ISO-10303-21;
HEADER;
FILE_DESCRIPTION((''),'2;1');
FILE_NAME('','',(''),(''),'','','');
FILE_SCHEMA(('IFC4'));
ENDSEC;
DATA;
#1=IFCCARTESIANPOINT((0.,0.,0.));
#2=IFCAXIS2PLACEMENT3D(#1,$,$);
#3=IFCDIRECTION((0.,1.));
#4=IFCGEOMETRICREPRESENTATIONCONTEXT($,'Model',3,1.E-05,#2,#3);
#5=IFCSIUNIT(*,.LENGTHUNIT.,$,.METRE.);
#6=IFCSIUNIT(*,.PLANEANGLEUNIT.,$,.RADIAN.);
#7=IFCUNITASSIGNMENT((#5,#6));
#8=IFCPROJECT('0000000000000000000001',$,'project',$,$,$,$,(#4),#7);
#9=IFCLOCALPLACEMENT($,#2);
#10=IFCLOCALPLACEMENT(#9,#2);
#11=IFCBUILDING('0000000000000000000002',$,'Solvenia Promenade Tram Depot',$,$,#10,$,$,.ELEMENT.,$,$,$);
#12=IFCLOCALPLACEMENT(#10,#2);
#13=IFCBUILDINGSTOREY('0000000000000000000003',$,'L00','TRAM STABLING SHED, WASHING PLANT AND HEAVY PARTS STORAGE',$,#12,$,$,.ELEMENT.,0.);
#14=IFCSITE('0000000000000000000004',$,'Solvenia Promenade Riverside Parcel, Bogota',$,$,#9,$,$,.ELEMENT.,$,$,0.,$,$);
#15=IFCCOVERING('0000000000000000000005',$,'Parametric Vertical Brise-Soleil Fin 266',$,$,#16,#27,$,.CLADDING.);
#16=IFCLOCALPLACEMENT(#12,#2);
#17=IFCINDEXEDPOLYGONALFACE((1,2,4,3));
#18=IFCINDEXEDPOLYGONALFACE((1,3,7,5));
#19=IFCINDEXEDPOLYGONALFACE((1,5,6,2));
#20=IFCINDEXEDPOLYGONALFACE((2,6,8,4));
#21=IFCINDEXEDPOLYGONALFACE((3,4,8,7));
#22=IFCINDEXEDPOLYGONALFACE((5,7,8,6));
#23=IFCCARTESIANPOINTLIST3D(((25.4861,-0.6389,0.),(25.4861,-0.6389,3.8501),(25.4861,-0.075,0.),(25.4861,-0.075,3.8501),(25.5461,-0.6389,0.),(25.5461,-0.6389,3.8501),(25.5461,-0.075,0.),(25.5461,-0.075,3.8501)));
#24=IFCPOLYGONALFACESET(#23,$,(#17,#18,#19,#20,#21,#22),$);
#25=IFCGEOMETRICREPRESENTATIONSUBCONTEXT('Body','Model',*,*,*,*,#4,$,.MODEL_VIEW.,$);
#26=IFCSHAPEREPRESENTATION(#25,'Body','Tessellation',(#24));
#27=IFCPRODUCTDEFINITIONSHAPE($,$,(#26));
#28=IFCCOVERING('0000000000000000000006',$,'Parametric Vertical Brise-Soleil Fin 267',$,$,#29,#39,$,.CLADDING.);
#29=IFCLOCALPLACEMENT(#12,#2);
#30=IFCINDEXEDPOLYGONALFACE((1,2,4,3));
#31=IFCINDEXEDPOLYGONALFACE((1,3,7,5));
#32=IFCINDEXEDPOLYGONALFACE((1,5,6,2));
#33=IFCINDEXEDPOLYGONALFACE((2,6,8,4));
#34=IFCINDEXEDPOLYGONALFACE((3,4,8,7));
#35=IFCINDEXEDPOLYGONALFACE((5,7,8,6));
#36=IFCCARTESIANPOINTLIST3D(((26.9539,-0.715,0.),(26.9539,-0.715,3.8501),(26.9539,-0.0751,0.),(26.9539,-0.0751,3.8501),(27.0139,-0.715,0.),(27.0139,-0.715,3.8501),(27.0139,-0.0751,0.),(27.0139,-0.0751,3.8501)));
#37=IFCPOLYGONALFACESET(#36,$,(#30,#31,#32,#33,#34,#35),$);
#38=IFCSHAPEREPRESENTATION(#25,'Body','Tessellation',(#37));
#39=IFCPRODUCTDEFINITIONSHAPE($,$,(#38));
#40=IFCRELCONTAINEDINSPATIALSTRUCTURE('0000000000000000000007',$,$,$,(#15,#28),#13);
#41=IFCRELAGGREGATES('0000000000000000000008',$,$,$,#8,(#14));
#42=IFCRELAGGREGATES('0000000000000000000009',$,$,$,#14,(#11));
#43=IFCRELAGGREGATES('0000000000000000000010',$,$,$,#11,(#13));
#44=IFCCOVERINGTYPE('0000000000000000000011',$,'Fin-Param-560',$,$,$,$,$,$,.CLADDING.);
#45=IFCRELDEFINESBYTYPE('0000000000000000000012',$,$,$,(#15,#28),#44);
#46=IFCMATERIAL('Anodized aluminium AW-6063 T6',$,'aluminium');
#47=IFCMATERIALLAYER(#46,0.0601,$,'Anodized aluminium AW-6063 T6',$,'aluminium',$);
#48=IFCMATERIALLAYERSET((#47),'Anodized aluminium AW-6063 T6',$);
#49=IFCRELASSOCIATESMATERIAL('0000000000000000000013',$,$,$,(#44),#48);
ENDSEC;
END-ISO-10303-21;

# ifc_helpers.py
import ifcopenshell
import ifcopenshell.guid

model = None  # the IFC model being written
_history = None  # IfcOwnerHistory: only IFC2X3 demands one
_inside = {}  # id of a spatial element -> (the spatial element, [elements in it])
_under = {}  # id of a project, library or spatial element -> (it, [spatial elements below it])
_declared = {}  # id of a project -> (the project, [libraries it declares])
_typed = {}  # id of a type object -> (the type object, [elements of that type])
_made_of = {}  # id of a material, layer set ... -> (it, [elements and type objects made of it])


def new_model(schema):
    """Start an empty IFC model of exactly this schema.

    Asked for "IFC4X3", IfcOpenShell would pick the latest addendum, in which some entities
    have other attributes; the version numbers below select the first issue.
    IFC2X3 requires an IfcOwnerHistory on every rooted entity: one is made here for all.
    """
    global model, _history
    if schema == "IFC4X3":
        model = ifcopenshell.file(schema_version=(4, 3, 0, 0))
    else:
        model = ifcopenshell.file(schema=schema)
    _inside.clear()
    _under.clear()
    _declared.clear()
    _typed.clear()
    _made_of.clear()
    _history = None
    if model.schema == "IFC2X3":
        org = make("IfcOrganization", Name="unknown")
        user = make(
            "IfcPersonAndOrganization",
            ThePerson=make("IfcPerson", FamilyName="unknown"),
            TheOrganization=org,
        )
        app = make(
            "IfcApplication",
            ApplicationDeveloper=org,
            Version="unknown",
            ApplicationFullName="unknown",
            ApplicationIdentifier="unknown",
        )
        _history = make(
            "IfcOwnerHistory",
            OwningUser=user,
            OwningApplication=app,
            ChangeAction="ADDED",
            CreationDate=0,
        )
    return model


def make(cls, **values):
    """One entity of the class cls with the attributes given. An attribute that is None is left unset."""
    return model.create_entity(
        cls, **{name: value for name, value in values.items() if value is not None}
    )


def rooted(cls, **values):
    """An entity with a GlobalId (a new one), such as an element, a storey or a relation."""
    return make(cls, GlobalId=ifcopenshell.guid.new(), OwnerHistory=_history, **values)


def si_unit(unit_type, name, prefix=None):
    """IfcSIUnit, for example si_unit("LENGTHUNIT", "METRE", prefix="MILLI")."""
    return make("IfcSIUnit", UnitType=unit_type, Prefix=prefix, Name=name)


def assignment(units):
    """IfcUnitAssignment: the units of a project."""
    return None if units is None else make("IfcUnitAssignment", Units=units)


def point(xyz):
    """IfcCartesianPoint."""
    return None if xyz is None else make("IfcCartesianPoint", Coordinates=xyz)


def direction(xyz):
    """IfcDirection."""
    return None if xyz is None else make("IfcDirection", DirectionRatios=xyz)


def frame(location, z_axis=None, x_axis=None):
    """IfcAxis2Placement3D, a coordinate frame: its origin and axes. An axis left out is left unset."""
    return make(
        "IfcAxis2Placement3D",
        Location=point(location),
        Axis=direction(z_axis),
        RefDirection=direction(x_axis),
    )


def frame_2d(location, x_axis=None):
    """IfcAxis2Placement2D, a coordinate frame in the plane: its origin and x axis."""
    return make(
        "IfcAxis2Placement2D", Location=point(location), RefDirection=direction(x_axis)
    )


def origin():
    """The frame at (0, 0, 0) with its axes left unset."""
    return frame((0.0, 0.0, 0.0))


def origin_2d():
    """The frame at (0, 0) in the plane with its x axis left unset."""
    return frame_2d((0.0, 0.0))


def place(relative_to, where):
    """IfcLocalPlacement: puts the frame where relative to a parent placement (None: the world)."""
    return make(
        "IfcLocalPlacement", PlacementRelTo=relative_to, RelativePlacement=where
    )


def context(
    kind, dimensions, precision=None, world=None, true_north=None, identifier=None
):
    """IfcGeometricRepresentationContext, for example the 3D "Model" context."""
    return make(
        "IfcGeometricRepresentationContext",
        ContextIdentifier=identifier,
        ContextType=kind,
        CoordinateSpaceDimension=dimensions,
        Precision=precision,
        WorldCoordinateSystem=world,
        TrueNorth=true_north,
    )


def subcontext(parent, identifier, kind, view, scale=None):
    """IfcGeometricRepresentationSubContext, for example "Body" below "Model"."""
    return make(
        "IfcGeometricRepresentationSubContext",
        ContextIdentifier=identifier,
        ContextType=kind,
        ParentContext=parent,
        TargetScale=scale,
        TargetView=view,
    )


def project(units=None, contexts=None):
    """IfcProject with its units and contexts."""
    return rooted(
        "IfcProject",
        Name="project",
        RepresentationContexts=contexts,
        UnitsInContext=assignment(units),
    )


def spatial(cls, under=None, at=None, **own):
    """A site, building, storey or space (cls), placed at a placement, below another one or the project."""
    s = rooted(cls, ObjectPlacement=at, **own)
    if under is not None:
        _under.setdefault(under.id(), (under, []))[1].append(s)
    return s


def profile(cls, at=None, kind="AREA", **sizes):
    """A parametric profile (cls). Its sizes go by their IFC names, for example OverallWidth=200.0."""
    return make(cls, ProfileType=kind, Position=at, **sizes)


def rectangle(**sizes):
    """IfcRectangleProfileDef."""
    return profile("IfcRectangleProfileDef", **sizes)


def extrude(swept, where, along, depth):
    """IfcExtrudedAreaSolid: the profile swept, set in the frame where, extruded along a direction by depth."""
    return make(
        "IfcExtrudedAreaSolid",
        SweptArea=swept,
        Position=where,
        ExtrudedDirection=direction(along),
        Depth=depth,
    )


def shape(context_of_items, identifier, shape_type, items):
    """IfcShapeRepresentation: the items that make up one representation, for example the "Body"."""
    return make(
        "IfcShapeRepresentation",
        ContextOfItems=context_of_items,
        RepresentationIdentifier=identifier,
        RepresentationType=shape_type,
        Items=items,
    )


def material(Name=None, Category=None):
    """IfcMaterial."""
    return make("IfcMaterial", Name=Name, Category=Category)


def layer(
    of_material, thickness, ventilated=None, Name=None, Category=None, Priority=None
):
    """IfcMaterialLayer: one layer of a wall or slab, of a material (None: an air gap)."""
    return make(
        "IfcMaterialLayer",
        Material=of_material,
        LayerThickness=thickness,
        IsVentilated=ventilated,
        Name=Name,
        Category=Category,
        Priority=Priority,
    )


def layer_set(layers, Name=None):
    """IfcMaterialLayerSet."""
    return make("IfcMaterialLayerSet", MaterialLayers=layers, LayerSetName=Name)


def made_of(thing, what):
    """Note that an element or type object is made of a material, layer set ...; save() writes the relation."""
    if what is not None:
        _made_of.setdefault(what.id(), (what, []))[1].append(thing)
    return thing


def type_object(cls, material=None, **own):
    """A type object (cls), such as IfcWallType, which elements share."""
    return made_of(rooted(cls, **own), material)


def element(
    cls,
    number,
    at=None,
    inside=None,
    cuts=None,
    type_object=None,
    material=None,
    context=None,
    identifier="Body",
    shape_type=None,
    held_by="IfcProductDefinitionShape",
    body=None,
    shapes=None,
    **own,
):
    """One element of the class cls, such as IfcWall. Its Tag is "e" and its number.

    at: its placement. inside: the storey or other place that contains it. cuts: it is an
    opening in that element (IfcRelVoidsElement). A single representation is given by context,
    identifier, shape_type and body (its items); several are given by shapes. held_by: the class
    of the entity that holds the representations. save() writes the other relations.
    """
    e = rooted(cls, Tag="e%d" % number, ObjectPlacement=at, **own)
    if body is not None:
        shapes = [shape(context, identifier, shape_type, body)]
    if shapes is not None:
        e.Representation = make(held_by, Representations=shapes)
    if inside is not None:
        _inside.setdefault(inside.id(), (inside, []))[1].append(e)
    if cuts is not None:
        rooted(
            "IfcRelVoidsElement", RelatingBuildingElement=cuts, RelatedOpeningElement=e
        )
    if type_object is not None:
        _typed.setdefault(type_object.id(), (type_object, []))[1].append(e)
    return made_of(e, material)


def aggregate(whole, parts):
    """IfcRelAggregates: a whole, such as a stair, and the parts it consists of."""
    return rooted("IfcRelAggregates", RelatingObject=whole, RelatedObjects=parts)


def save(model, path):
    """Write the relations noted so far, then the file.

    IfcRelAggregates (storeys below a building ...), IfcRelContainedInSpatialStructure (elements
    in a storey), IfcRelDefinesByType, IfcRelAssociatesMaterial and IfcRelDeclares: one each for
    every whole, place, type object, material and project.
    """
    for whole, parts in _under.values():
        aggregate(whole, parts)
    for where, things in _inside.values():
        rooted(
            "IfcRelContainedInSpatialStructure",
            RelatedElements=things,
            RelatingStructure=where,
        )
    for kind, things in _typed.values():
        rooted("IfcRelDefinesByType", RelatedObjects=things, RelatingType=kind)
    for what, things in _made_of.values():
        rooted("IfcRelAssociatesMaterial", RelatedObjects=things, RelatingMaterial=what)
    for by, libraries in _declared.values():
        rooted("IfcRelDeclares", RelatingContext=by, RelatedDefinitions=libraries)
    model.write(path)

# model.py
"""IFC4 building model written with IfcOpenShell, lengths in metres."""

from ifc_helpers import new_model, si_unit, direction, frame, origin, origin_2d, place, context, subcontext, project, spatial, rectangle, extrude, material, layer, layer_set, type_object, element, save


model = new_model("IFC4")

# Units and contexts
model_context = context("Model", 3, precision=1e-05, world=origin(), true_north=direction((0.0, 1.0)))
body_context = subcontext(model_context, "Body", "Model", "MODEL_VIEW")
ifc_project = project(units=[si_unit("LENGTHUNIT", "METRE"), si_unit("PLANEANGLEUNIT", "RADIAN")], contexts=[model_context])

# Site, building, storey
site_placement = place(None, origin())
site = spatial("IfcSite", under=ifc_project, at=site_placement, Name="Solvenia Promenade Riverside Parcel, Bogota", CompositionType="ELEMENT", RefElevation=0.0)
building_placement = place(site_placement, origin())
building = spatial("IfcBuilding", under=site, at=building_placement, Name="Solvenia Promenade Tram Depot", CompositionType="ELEMENT")
storey_placement = place(building_placement, origin())
storey = spatial("IfcBuildingStorey", under=building, at=storey_placement, Name="L00", Description="TRAM STABLING SHED, WASHING PLANT AND HEAVY PARTS STORAGE", CompositionType="ELEMENT", Elevation=0.0)

# Shared definitions
ifc_material_1 = material(Name="Anodized aluminium AW-6063 T6", Category="aluminium")

# Coverings
ifc_layer_1 = layer(ifc_material_1, 0.0601, Name="Anodized aluminium AW-6063 T6", Category="aluminium")
ifc_layer_set_1 = layer_set([ifc_layer_1], Name="Anodized aluminium AW-6063 T6")
covering_type = type_object("IfcCoveringType", Name="Fin-Param-560", PredefinedType="CLADDING", material=ifc_layer_set_1)
covering_1_placement = place(storey_placement, frame((25.5161, -0.3569, 0.0), z_axis=(0.0, 0.0, 1.0), x_axis=(1.0, 0.0, 0.0)))
element("IfcCovering", 1, at=covering_1_placement, inside=storey, type_object=covering_type, Name="Parametric Vertical Brise-Soleil Fin 266", PredefinedType="CLADDING", context=body_context, shape_type="SweptSolid", body=[
    extrude(rectangle(XDim=0.0601, YDim=0.564, at=origin_2d()), origin(), (0.0, 0.0, 1.0), 3.8501),
])
covering_2_placement = place(storey_placement, frame((26.9839, -0.395, 0.0), z_axis=(0.0, 0.0, 1.0), x_axis=(1.0, 0.0, 0.0)))
element("IfcCovering", 2, at=covering_2_placement, inside=storey, type_object=covering_type, Name="Parametric Vertical Brise-Soleil Fin 267", PredefinedType="CLADDING", context=body_context, shape_type="SweptSolid", body=[
    extrude(rectangle(XDim=0.0601, YDim=0.6399, at=origin_2d()), origin(), (0.0, 0.0, 1.0), 3.8501),
])

save(model, "model.ifc")
